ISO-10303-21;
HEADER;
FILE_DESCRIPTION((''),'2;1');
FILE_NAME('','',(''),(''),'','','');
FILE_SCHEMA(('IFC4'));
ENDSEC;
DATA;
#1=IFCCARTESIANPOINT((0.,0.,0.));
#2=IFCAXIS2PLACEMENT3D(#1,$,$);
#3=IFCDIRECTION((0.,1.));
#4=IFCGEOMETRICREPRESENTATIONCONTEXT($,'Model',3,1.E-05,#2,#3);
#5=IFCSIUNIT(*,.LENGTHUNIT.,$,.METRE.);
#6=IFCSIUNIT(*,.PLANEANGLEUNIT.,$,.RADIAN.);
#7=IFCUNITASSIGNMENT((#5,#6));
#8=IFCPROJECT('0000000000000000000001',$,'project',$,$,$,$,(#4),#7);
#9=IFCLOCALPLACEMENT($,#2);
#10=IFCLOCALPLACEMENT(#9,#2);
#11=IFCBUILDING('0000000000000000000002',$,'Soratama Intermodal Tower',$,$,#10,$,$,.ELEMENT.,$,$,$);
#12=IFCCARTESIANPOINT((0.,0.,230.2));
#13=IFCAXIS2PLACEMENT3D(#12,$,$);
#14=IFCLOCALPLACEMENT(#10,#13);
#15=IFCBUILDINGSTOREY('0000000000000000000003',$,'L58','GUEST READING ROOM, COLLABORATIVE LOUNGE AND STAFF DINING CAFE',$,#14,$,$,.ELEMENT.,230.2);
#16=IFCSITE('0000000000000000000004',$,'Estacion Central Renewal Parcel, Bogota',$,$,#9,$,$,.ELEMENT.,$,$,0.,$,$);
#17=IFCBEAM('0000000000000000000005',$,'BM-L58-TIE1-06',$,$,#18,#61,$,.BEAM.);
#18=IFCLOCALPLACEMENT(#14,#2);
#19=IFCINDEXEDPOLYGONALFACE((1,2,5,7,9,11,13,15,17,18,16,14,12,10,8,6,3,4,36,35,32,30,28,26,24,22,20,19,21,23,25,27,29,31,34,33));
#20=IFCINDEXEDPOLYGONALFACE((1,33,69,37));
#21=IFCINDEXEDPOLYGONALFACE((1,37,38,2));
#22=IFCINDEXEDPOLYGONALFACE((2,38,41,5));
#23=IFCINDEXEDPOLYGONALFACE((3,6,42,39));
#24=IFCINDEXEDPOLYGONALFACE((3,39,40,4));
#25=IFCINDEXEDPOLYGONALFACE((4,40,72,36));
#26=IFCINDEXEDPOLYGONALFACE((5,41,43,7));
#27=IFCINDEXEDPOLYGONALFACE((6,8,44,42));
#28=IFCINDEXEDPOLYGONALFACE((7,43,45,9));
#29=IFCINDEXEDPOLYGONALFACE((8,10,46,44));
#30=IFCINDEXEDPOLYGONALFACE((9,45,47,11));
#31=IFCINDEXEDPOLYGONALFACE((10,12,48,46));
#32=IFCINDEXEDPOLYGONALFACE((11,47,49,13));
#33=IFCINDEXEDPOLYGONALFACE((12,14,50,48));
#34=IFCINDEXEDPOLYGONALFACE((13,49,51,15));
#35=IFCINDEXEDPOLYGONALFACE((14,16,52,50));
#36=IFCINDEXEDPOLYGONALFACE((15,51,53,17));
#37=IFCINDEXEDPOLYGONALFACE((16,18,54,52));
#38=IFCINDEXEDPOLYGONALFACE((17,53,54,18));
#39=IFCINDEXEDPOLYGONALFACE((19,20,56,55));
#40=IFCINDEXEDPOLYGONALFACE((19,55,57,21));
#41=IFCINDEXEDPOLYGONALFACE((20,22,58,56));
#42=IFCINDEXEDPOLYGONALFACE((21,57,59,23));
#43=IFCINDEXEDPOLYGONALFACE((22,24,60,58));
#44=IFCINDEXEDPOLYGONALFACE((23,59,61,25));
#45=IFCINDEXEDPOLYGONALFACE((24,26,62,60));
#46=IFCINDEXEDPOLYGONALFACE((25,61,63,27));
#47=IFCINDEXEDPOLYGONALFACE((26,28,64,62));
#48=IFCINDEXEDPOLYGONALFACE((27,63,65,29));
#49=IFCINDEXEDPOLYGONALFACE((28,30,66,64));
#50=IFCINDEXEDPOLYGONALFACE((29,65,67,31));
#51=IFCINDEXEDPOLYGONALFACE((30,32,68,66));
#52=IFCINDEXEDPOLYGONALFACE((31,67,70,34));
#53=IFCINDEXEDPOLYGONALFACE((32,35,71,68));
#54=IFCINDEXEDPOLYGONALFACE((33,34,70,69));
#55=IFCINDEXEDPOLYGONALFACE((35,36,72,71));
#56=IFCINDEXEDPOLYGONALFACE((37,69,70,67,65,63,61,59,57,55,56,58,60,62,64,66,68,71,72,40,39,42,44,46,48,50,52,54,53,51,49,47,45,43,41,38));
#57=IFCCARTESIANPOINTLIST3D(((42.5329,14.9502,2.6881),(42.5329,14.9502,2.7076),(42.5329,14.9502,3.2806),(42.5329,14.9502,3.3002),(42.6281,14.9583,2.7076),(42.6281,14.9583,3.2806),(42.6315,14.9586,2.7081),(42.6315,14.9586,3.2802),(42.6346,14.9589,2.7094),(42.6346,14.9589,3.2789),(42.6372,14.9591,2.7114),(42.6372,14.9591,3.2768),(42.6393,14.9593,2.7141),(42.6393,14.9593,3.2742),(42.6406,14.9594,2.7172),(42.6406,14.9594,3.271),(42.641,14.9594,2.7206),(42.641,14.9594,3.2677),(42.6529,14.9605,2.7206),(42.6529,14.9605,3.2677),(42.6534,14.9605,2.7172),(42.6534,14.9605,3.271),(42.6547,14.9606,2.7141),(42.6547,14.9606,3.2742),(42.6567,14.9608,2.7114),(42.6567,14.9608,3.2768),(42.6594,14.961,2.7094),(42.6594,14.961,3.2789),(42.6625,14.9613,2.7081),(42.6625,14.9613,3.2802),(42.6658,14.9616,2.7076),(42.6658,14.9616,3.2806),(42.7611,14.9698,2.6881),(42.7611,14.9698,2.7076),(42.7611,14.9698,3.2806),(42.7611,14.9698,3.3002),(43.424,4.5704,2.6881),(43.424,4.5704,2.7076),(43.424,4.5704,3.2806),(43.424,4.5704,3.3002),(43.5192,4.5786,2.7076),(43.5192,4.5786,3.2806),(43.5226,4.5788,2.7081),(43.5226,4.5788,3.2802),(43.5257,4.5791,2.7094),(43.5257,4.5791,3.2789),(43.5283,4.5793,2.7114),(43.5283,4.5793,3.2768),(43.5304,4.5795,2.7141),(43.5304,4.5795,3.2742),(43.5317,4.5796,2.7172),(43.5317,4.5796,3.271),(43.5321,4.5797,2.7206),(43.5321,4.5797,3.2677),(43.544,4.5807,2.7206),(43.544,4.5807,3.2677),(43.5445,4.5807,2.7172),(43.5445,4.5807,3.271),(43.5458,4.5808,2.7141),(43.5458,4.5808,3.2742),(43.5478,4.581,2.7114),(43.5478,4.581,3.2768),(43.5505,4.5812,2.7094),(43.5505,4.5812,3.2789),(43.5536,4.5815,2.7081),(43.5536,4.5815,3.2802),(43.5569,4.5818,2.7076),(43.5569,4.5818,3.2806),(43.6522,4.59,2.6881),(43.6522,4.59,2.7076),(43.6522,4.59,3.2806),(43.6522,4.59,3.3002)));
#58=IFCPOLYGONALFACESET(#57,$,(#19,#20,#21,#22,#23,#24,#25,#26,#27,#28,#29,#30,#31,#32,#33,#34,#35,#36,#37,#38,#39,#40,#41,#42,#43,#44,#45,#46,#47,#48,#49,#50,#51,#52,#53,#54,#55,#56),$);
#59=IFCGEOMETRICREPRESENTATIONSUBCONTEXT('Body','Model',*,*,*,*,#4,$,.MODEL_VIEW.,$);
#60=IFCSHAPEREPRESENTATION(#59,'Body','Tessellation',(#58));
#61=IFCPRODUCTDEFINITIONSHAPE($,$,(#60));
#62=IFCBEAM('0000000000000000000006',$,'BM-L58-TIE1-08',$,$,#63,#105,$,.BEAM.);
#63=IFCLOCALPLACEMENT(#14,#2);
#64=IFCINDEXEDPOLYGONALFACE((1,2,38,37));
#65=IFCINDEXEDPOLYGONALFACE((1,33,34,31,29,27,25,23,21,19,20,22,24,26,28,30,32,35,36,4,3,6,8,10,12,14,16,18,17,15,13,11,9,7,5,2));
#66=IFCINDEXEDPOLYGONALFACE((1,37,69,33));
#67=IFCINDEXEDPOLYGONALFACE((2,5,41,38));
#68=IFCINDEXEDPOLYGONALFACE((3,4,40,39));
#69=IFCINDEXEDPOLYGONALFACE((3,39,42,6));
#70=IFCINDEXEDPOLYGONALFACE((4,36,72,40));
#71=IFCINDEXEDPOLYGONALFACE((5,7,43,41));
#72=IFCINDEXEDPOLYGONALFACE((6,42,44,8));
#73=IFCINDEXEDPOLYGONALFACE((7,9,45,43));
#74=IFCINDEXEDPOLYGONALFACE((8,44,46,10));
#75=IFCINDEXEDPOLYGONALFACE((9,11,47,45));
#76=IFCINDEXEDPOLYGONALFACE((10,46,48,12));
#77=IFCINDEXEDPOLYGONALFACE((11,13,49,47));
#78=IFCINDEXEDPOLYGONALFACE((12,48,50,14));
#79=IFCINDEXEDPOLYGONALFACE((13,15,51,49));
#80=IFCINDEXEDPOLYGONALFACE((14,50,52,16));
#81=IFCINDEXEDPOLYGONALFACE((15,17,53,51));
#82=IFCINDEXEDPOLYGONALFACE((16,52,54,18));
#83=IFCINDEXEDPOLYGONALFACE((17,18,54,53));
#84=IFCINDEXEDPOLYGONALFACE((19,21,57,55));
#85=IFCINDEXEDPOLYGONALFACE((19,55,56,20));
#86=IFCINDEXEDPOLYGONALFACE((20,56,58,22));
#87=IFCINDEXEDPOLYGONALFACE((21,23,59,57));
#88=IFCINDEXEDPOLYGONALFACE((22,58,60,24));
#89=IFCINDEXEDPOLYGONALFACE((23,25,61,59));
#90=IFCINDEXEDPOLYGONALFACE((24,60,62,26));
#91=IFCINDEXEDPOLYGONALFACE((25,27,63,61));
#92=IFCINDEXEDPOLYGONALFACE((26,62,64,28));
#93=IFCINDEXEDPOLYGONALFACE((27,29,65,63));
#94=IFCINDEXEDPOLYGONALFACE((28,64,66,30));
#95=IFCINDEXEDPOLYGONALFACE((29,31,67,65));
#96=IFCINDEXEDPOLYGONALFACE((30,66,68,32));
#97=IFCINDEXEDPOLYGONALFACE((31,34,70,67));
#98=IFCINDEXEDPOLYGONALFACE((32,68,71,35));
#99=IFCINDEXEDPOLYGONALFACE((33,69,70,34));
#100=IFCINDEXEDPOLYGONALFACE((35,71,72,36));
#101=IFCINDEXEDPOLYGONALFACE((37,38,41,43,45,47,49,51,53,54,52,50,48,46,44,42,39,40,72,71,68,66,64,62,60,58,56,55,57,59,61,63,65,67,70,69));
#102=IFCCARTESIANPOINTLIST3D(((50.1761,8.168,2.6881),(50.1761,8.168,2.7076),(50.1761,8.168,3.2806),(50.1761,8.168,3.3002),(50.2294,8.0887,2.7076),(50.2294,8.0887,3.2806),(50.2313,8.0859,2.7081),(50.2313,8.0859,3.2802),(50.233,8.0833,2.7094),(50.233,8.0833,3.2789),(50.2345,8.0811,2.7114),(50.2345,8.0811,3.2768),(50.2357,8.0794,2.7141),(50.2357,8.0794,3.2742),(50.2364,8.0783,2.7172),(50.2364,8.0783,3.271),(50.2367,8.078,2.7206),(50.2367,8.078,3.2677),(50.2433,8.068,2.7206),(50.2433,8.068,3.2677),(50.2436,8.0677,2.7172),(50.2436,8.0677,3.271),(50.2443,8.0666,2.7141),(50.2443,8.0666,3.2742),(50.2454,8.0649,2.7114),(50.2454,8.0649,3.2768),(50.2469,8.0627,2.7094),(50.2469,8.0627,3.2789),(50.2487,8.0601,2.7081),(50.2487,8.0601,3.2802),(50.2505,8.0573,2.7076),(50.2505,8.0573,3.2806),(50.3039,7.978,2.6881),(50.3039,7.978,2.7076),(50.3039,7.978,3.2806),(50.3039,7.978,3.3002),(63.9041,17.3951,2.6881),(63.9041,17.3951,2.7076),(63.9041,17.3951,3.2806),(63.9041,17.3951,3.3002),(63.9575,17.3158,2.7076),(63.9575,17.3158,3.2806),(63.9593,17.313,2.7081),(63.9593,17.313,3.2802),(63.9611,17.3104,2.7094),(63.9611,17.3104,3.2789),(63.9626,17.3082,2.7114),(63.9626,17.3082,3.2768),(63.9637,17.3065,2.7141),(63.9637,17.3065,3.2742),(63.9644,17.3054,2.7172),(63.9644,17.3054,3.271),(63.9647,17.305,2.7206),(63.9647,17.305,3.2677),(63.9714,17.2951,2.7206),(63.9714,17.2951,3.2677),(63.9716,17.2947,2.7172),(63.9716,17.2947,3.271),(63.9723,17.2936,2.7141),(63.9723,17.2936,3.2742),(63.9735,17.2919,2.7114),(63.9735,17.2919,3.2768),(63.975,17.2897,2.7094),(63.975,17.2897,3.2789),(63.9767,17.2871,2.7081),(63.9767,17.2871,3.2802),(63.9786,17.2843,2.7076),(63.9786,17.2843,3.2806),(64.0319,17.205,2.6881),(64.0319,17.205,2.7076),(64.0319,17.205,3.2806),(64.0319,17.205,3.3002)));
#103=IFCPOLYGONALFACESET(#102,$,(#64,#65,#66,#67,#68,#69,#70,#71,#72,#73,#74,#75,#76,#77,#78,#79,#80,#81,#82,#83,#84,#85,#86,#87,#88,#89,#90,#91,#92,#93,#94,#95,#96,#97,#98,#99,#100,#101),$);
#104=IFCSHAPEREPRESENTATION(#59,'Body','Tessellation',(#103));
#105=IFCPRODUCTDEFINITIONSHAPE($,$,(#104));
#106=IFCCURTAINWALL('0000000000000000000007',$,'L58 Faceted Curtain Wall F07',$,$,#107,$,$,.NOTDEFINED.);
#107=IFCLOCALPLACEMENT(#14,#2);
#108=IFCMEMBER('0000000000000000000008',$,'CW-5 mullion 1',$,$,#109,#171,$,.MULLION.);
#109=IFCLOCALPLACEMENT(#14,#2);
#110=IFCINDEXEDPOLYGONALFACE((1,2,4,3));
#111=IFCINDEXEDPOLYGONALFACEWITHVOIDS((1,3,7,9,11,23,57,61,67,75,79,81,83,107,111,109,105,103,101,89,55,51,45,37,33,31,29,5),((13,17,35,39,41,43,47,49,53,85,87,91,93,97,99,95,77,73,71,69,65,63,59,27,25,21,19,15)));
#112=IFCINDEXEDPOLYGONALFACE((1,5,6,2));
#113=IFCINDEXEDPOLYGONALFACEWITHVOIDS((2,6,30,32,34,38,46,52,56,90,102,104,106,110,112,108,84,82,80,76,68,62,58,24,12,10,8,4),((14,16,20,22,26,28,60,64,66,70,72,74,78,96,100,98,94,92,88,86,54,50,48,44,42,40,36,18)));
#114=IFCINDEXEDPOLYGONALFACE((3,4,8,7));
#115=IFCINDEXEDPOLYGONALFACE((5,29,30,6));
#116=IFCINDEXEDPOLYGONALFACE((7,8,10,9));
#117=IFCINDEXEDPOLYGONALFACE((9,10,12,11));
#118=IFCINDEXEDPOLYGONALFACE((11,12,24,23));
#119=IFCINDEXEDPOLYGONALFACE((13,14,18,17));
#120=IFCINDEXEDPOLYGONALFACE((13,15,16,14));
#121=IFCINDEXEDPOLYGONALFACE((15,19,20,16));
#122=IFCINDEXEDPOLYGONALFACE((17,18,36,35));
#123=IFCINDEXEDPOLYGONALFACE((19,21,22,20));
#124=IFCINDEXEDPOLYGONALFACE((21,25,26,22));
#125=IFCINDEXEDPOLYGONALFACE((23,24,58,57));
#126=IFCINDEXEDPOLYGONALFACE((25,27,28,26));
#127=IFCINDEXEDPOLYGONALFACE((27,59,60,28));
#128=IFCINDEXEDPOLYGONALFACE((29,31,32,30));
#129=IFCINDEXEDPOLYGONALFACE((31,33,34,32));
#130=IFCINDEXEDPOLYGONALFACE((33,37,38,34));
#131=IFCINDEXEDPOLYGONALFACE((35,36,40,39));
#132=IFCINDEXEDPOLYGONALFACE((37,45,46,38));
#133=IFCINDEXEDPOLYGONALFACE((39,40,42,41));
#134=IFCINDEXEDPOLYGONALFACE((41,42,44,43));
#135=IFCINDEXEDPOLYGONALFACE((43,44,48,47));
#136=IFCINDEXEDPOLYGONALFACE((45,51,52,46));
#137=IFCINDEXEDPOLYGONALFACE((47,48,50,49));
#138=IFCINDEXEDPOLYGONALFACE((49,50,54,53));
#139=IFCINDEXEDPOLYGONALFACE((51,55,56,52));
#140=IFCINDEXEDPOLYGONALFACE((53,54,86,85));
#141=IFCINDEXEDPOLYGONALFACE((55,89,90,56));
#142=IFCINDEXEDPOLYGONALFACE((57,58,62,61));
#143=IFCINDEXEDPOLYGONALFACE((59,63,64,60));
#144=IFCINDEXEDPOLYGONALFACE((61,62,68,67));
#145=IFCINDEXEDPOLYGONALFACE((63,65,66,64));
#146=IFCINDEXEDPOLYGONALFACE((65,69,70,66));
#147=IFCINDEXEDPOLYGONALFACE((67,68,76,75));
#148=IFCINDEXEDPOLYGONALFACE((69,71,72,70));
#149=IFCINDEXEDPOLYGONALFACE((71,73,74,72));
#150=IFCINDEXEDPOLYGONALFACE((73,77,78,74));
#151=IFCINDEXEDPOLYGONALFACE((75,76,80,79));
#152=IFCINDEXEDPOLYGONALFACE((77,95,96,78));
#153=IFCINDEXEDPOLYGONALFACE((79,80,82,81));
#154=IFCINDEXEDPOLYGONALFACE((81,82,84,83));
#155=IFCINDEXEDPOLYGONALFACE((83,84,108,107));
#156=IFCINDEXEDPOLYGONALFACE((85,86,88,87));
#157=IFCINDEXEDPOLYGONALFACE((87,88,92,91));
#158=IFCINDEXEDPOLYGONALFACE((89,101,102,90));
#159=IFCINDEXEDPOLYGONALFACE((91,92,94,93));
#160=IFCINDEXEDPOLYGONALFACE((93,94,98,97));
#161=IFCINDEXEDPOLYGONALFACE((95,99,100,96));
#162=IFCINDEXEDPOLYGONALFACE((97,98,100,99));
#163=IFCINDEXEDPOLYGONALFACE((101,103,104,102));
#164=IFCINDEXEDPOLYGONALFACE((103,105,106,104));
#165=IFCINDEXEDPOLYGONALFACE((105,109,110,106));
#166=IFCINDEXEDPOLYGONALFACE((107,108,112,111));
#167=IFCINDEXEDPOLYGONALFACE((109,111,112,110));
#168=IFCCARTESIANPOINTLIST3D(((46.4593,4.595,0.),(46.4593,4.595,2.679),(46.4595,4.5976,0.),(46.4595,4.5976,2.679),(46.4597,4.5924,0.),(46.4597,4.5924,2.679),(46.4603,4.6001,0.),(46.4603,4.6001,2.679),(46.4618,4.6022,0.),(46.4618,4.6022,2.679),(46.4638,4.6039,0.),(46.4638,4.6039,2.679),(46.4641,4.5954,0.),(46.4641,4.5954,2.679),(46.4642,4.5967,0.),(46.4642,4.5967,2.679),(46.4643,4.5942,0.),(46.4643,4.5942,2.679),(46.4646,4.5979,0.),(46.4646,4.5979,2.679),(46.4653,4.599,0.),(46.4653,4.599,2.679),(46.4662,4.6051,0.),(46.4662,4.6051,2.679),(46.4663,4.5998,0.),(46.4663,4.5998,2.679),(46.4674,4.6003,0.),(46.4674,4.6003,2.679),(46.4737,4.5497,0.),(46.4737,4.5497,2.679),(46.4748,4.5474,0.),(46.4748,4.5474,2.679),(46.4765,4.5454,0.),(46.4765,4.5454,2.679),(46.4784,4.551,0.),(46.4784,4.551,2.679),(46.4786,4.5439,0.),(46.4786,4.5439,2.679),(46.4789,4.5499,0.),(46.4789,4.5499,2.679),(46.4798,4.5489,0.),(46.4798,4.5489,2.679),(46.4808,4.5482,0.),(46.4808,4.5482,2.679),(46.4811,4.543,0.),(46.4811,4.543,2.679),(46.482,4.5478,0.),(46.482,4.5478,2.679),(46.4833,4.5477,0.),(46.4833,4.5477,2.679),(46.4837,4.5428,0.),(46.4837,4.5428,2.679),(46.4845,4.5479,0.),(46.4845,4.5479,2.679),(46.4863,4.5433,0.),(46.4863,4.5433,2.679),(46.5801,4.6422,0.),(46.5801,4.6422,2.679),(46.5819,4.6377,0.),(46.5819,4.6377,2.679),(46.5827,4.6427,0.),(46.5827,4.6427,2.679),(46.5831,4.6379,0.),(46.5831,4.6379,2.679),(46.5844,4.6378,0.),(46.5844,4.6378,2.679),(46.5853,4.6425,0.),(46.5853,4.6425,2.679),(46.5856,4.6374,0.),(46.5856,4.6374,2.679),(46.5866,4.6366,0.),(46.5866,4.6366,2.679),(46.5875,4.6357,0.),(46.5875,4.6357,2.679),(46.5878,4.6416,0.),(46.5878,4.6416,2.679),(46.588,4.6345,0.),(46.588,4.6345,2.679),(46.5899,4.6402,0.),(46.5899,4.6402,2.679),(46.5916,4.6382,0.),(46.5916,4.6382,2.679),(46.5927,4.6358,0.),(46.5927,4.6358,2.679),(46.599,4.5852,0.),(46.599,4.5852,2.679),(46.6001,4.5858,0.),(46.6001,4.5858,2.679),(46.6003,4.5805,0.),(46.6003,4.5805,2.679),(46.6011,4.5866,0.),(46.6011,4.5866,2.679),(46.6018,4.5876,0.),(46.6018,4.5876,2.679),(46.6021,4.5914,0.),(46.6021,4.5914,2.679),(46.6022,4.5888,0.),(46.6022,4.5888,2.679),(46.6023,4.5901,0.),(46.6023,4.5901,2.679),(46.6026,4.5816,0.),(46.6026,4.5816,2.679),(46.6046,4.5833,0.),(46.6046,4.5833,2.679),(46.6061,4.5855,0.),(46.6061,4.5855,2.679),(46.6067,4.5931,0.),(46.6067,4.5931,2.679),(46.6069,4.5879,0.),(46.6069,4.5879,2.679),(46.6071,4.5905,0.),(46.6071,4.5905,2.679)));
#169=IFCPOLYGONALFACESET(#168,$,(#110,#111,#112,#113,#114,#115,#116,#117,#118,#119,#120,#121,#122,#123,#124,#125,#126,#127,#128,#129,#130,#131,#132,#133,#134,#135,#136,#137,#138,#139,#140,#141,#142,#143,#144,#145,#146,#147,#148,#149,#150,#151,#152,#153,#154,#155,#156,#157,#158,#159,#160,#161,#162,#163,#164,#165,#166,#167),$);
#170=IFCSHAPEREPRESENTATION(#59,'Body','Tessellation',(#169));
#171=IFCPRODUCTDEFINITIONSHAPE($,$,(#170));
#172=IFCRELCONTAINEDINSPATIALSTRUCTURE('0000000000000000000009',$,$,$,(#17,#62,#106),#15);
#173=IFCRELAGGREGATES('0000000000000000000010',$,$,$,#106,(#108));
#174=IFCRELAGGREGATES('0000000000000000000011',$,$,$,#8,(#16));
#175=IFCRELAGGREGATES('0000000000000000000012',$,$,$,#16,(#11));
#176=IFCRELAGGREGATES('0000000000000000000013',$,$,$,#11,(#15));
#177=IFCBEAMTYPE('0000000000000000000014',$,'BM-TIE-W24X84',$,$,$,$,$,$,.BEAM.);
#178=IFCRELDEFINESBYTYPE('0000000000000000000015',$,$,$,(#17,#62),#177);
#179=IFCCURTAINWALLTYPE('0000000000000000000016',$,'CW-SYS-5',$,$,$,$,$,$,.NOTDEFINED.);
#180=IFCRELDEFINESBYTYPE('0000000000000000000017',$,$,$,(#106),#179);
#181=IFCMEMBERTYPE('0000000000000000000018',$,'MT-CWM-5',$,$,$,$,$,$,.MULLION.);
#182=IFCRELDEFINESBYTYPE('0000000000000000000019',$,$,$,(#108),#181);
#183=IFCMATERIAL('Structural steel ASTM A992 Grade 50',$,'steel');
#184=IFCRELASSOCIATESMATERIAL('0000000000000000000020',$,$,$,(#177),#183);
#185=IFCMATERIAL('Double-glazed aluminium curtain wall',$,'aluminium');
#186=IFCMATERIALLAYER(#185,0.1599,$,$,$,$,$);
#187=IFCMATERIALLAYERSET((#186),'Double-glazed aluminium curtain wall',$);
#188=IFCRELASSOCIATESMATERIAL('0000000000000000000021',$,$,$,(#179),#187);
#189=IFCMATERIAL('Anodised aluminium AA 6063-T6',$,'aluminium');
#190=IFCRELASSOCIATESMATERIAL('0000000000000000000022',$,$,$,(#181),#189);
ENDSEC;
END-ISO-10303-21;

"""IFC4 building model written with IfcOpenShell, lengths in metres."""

from ifc_helpers import new_model, si_unit, direction, frame, origin, origin_2d, place, context, subcontext, project, spatial, hollow_rectangle, i_section, extrude, material, layer, layer_set, material_profile, profile_set, type_object, element, aggregate, save


model = new_model("IFC4")

# Units and contexts
model_context = context("Model", 3, precision=1e-05, world=origin(), true_north=direction((0.0, 1.0)))
body_context = subcontext(model_context, "Body", "Model", "MODEL_VIEW")
ifc_project = project(units=[si_unit("LENGTHUNIT", "METRE"), si_unit("PLANEANGLEUNIT", "RADIAN")], contexts=[model_context])

# Site, building, storey
site_placement = place(None, origin())
site = spatial("IfcSite", under=ifc_project, at=site_placement, Name="Estacion Central Renewal Parcel, Bogota", CompositionType="ELEMENT", RefElevation=0.0)
building_placement = place(site_placement, origin())
building = spatial("IfcBuilding", under=site, at=building_placement, Name="Soratama Intermodal Tower", CompositionType="ELEMENT")
storey_placement = place(building_placement, frame((0.0, 0.0, 230.2)))
storey = spatial("IfcBuildingStorey", under=building, at=storey_placement, Name="L58", Description="GUEST READING ROOM, COLLABORATIVE LOUNGE AND STAFF DINING CAFE", CompositionType="ELEMENT", Elevation=230.2)

# Beams
ifc_material_1 = material(Name="Structural steel ASTM A992 Grade 50", Category="steel")
ifc_material_profile_1 = material_profile(ifc_material_1, i_section(OverallWidth=0.229, OverallDepth=0.6121, WebThickness=0.012, FlangeThickness=0.0195, FilletRadius=0.0129, at=origin_2d()), Name="W24X84")
ifc_profile_set_1 = profile_set([ifc_material_profile_1], Name="Structural steel ASTM A992 Grade 50")
beam_type_1 = type_object("IfcBeamType", Name="BM-TIE-W24X84", PredefinedType="BEAM", material=ifc_profile_set_1)
beam_1_placement = place(storey_placement, frame((42.647, 14.96, 2.9941), z_axis=(0.085535, -0.996335, 0.0), x_axis=(0.996335, 0.085535, 0.0)))
element("IfcBeam", 1, at=beam_1_placement, inside=storey, type_object=beam_type_1, Name="BM-L58-TIE1-06", PredefinedType="BEAM", context=body_context, shape_type="SweptSolid", body=[
    extrude(i_section(OverallWidth=0.229, OverallDepth=0.6121, WebThickness=0.012, FlangeThickness=0.0195, FilletRadius=0.0129, at=origin_2d()), origin(), (0.0, 0.0, 1.0), 10.418),
])
beam_2_placement = place(storey_placement, frame((50.24, 8.073, 2.9941), z_axis=(0.829951, 0.557837, 0.0), x_axis=(-0.557837, 0.829951, 0.0)))
element("IfcBeam", 2, at=beam_2_placement, inside=storey, type_object=beam_type_1, Name="BM-L58-TIE1-08", PredefinedType="BEAM", context=body_context, shape_type="SweptSolid", body=[
    extrude(i_section(OverallWidth=0.229, OverallDepth=0.6121, WebThickness=0.012, FlangeThickness=0.0195, FilletRadius=0.0129, at=origin_2d()), origin(), (0.0, 0.0, 1.0), 16.5408),
])

# Curtain wall, member
ifc_material_2 = material(Name="Double-glazed aluminium curtain wall", Category="aluminium")
ifc_layer_1 = layer(ifc_material_2, 0.1599)
ifc_layer_set_1 = layer_set([ifc_layer_1], Name="Double-glazed aluminium curtain wall")
curtain_wall_type = type_object("IfcCurtainWallType", Name="CW-SYS-5", PredefinedType="NOTDEFINED", material=ifc_layer_set_1)
curtain_wall_placement = place(storey_placement, origin())
curtain_wall = element("IfcCurtainWall", 3, at=curtain_wall_placement, inside=storey, type_object=curtain_wall_type, Name="L58 Faceted Curtain Wall F07", PredefinedType="NOTDEFINED")
ifc_material_3 = material(Name="Anodised aluminium AA 6063-T6", Category="aluminium")
ifc_material_profile_2 = material_profile(ifc_material_3, hollow_rectangle(XDim=0.0649, YDim=0.1399, WallThickness=0.0049, InnerFilletRadius=0.0049, OuterFilletRadius=0.01, at=origin_2d()), Name="CWM140X65X5")
ifc_profile_set_2 = profile_set([ifc_material_profile_2], Name="Anodised aluminium AA 6063-T6")
member_type_1 = type_object("IfcMemberType", Name="MT-CWM-5", PredefinedType="MULLION", material=ifc_profile_set_2)
member_1_placement = place(storey_placement, frame((46.5332, 4.5928, 0.0), z_axis=(0.0, 0.0, 1.0), x_axis=(-0.310014, 0.950732, 0.0)))
member_1 = element("IfcMember", 4, at=member_1_placement, type_object=member_type_1, Name="CW-5 mullion 1", PredefinedType="MULLION", context=body_context, shape_type="SweptSolid", body=[
    extrude(hollow_rectangle(XDim=0.0649, YDim=0.1399, WallThickness=0.0049, InnerFilletRadius=0.0049, OuterFilletRadius=0.01, at=origin_2d()), origin(), (0.0, 0.0, 1.0), 2.679),
])
aggregate(curtain_wall, [member_1])

save(model, "model.ifc")
